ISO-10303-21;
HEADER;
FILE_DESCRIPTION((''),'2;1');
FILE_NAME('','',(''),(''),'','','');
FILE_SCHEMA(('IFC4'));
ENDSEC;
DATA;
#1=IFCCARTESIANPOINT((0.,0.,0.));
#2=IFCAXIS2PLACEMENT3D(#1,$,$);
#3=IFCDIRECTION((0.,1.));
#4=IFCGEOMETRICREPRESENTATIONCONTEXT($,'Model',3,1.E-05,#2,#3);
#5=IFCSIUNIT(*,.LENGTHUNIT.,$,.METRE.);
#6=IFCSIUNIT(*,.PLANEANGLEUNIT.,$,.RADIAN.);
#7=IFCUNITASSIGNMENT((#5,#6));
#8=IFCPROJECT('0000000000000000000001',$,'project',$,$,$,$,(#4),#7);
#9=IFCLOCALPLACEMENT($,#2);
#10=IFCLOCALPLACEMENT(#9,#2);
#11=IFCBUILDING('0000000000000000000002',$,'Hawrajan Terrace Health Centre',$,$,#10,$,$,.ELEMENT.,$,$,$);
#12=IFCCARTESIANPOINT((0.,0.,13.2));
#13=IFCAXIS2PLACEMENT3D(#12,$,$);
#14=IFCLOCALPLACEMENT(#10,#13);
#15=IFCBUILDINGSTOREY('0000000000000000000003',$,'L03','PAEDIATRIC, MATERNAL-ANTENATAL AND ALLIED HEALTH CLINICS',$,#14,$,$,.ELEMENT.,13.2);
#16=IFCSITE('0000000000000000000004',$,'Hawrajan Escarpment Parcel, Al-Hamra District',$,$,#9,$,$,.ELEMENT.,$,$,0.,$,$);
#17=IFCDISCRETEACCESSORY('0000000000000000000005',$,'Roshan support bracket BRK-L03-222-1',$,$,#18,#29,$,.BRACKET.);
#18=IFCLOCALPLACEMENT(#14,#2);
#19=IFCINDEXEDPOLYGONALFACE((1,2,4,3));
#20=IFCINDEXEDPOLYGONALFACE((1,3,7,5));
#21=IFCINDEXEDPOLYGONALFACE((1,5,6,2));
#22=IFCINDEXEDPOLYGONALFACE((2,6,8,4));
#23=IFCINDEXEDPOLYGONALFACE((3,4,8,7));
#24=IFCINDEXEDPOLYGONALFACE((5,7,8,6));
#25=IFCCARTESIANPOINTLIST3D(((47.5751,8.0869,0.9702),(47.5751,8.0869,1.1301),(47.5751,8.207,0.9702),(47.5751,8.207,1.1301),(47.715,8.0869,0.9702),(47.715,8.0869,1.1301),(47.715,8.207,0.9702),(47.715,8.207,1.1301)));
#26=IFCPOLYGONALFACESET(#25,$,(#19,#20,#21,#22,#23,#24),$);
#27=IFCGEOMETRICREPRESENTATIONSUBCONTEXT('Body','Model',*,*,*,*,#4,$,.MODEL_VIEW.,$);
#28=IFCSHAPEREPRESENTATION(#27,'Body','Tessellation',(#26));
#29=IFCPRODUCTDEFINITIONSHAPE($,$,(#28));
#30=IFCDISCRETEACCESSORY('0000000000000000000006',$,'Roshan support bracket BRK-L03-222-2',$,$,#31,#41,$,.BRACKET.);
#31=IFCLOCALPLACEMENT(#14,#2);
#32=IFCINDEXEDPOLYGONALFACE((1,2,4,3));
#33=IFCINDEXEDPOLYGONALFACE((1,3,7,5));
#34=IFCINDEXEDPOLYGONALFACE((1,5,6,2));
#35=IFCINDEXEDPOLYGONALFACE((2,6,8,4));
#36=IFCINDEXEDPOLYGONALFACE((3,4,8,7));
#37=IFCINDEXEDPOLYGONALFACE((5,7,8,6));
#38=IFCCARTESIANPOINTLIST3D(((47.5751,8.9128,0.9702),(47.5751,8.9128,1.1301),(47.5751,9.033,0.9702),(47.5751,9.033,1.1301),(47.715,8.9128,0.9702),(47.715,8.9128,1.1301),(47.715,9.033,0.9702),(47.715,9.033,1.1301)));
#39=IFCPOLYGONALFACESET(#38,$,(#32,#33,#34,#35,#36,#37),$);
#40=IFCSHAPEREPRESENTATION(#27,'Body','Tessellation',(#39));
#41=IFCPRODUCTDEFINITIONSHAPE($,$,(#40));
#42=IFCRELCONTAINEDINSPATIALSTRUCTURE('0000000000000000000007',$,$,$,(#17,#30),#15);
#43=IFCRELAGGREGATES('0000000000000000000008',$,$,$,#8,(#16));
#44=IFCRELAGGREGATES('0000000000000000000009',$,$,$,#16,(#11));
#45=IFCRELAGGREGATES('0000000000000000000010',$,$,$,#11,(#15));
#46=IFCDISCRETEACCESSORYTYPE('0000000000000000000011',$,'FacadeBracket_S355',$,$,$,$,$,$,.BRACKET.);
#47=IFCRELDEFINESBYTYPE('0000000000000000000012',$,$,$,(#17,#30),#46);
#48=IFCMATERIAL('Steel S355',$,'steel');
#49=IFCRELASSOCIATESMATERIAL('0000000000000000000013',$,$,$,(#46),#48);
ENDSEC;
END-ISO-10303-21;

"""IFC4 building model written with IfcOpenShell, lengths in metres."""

from ifc_helpers import new_model, si_unit, direction, frame, origin, origin_2d, place, context, subcontext, project, spatial, rectangle, extrude, material, type_object, element, save


model = new_model("IFC4")

# Units and contexts
model_context = context("Model", 3, precision=1e-05, world=origin(), true_north=direction((0.0, 1.0)))
body_context = subcontext(model_context, "Body", "Model", "MODEL_VIEW")
ifc_project = project(units=[si_unit("LENGTHUNIT", "METRE"), si_unit("PLANEANGLEUNIT", "RADIAN")], contexts=[model_context])

# Site, building, storey
site_placement = place(None, origin())
site = spatial("IfcSite", under=ifc_project, at=site_placement, Name="Hawrajan Escarpment Parcel, Al-Hamra District", CompositionType="ELEMENT", RefElevation=0.0)
building_placement = place(site_placement, origin())
building = spatial("IfcBuilding", under=site, at=building_placement, Name="Hawrajan Terrace Health Centre", CompositionType="ELEMENT")
storey_placement = place(building_placement, frame((0.0, 0.0, 13.2)))
storey = spatial("IfcBuildingStorey", under=building, at=storey_placement, Name="L03", Description="PAEDIATRIC, MATERNAL-ANTENATAL AND ALLIED HEALTH CLINICS", CompositionType="ELEMENT", Elevation=13.2)

# Discrete accessories
ifc_material_1 = material(Name="Steel S355", Category="steel")
discrete_accessory_type = type_object("IfcDiscreteAccessoryType", Name="FacadeBracket_S355", PredefinedType="BRACKET", material=ifc_material_1)
for number, where, z_axis, x_axis, name in (
    (1, (47.645, 8.147, 0.9702), (0.0, 0.0, 1.0), (0.0, 1.0, 0.0), "Roshan support bracket BRK-L03-222-1"),
    (2, (47.645, 8.9729, 0.9702), (0.0, 0.0, 1.0), (0.0, 1.0, 0.0), "Roshan support bracket BRK-L03-222-2"),
):
    element("IfcDiscreteAccessory", number, at=place(storey_placement, frame(where, z_axis=z_axis, x_axis=x_axis)), inside=storey, type_object=discrete_accessory_type, Name=name, PredefinedType="BRACKET", context=body_context, shape_type="SweptSolid", body=[
        extrude(rectangle(XDim=0.1201, YDim=0.1399, at=origin_2d()), origin(), (0.0, 0.0, 1.0), 0.1599),
    ])

save(model, "model.ifc")
